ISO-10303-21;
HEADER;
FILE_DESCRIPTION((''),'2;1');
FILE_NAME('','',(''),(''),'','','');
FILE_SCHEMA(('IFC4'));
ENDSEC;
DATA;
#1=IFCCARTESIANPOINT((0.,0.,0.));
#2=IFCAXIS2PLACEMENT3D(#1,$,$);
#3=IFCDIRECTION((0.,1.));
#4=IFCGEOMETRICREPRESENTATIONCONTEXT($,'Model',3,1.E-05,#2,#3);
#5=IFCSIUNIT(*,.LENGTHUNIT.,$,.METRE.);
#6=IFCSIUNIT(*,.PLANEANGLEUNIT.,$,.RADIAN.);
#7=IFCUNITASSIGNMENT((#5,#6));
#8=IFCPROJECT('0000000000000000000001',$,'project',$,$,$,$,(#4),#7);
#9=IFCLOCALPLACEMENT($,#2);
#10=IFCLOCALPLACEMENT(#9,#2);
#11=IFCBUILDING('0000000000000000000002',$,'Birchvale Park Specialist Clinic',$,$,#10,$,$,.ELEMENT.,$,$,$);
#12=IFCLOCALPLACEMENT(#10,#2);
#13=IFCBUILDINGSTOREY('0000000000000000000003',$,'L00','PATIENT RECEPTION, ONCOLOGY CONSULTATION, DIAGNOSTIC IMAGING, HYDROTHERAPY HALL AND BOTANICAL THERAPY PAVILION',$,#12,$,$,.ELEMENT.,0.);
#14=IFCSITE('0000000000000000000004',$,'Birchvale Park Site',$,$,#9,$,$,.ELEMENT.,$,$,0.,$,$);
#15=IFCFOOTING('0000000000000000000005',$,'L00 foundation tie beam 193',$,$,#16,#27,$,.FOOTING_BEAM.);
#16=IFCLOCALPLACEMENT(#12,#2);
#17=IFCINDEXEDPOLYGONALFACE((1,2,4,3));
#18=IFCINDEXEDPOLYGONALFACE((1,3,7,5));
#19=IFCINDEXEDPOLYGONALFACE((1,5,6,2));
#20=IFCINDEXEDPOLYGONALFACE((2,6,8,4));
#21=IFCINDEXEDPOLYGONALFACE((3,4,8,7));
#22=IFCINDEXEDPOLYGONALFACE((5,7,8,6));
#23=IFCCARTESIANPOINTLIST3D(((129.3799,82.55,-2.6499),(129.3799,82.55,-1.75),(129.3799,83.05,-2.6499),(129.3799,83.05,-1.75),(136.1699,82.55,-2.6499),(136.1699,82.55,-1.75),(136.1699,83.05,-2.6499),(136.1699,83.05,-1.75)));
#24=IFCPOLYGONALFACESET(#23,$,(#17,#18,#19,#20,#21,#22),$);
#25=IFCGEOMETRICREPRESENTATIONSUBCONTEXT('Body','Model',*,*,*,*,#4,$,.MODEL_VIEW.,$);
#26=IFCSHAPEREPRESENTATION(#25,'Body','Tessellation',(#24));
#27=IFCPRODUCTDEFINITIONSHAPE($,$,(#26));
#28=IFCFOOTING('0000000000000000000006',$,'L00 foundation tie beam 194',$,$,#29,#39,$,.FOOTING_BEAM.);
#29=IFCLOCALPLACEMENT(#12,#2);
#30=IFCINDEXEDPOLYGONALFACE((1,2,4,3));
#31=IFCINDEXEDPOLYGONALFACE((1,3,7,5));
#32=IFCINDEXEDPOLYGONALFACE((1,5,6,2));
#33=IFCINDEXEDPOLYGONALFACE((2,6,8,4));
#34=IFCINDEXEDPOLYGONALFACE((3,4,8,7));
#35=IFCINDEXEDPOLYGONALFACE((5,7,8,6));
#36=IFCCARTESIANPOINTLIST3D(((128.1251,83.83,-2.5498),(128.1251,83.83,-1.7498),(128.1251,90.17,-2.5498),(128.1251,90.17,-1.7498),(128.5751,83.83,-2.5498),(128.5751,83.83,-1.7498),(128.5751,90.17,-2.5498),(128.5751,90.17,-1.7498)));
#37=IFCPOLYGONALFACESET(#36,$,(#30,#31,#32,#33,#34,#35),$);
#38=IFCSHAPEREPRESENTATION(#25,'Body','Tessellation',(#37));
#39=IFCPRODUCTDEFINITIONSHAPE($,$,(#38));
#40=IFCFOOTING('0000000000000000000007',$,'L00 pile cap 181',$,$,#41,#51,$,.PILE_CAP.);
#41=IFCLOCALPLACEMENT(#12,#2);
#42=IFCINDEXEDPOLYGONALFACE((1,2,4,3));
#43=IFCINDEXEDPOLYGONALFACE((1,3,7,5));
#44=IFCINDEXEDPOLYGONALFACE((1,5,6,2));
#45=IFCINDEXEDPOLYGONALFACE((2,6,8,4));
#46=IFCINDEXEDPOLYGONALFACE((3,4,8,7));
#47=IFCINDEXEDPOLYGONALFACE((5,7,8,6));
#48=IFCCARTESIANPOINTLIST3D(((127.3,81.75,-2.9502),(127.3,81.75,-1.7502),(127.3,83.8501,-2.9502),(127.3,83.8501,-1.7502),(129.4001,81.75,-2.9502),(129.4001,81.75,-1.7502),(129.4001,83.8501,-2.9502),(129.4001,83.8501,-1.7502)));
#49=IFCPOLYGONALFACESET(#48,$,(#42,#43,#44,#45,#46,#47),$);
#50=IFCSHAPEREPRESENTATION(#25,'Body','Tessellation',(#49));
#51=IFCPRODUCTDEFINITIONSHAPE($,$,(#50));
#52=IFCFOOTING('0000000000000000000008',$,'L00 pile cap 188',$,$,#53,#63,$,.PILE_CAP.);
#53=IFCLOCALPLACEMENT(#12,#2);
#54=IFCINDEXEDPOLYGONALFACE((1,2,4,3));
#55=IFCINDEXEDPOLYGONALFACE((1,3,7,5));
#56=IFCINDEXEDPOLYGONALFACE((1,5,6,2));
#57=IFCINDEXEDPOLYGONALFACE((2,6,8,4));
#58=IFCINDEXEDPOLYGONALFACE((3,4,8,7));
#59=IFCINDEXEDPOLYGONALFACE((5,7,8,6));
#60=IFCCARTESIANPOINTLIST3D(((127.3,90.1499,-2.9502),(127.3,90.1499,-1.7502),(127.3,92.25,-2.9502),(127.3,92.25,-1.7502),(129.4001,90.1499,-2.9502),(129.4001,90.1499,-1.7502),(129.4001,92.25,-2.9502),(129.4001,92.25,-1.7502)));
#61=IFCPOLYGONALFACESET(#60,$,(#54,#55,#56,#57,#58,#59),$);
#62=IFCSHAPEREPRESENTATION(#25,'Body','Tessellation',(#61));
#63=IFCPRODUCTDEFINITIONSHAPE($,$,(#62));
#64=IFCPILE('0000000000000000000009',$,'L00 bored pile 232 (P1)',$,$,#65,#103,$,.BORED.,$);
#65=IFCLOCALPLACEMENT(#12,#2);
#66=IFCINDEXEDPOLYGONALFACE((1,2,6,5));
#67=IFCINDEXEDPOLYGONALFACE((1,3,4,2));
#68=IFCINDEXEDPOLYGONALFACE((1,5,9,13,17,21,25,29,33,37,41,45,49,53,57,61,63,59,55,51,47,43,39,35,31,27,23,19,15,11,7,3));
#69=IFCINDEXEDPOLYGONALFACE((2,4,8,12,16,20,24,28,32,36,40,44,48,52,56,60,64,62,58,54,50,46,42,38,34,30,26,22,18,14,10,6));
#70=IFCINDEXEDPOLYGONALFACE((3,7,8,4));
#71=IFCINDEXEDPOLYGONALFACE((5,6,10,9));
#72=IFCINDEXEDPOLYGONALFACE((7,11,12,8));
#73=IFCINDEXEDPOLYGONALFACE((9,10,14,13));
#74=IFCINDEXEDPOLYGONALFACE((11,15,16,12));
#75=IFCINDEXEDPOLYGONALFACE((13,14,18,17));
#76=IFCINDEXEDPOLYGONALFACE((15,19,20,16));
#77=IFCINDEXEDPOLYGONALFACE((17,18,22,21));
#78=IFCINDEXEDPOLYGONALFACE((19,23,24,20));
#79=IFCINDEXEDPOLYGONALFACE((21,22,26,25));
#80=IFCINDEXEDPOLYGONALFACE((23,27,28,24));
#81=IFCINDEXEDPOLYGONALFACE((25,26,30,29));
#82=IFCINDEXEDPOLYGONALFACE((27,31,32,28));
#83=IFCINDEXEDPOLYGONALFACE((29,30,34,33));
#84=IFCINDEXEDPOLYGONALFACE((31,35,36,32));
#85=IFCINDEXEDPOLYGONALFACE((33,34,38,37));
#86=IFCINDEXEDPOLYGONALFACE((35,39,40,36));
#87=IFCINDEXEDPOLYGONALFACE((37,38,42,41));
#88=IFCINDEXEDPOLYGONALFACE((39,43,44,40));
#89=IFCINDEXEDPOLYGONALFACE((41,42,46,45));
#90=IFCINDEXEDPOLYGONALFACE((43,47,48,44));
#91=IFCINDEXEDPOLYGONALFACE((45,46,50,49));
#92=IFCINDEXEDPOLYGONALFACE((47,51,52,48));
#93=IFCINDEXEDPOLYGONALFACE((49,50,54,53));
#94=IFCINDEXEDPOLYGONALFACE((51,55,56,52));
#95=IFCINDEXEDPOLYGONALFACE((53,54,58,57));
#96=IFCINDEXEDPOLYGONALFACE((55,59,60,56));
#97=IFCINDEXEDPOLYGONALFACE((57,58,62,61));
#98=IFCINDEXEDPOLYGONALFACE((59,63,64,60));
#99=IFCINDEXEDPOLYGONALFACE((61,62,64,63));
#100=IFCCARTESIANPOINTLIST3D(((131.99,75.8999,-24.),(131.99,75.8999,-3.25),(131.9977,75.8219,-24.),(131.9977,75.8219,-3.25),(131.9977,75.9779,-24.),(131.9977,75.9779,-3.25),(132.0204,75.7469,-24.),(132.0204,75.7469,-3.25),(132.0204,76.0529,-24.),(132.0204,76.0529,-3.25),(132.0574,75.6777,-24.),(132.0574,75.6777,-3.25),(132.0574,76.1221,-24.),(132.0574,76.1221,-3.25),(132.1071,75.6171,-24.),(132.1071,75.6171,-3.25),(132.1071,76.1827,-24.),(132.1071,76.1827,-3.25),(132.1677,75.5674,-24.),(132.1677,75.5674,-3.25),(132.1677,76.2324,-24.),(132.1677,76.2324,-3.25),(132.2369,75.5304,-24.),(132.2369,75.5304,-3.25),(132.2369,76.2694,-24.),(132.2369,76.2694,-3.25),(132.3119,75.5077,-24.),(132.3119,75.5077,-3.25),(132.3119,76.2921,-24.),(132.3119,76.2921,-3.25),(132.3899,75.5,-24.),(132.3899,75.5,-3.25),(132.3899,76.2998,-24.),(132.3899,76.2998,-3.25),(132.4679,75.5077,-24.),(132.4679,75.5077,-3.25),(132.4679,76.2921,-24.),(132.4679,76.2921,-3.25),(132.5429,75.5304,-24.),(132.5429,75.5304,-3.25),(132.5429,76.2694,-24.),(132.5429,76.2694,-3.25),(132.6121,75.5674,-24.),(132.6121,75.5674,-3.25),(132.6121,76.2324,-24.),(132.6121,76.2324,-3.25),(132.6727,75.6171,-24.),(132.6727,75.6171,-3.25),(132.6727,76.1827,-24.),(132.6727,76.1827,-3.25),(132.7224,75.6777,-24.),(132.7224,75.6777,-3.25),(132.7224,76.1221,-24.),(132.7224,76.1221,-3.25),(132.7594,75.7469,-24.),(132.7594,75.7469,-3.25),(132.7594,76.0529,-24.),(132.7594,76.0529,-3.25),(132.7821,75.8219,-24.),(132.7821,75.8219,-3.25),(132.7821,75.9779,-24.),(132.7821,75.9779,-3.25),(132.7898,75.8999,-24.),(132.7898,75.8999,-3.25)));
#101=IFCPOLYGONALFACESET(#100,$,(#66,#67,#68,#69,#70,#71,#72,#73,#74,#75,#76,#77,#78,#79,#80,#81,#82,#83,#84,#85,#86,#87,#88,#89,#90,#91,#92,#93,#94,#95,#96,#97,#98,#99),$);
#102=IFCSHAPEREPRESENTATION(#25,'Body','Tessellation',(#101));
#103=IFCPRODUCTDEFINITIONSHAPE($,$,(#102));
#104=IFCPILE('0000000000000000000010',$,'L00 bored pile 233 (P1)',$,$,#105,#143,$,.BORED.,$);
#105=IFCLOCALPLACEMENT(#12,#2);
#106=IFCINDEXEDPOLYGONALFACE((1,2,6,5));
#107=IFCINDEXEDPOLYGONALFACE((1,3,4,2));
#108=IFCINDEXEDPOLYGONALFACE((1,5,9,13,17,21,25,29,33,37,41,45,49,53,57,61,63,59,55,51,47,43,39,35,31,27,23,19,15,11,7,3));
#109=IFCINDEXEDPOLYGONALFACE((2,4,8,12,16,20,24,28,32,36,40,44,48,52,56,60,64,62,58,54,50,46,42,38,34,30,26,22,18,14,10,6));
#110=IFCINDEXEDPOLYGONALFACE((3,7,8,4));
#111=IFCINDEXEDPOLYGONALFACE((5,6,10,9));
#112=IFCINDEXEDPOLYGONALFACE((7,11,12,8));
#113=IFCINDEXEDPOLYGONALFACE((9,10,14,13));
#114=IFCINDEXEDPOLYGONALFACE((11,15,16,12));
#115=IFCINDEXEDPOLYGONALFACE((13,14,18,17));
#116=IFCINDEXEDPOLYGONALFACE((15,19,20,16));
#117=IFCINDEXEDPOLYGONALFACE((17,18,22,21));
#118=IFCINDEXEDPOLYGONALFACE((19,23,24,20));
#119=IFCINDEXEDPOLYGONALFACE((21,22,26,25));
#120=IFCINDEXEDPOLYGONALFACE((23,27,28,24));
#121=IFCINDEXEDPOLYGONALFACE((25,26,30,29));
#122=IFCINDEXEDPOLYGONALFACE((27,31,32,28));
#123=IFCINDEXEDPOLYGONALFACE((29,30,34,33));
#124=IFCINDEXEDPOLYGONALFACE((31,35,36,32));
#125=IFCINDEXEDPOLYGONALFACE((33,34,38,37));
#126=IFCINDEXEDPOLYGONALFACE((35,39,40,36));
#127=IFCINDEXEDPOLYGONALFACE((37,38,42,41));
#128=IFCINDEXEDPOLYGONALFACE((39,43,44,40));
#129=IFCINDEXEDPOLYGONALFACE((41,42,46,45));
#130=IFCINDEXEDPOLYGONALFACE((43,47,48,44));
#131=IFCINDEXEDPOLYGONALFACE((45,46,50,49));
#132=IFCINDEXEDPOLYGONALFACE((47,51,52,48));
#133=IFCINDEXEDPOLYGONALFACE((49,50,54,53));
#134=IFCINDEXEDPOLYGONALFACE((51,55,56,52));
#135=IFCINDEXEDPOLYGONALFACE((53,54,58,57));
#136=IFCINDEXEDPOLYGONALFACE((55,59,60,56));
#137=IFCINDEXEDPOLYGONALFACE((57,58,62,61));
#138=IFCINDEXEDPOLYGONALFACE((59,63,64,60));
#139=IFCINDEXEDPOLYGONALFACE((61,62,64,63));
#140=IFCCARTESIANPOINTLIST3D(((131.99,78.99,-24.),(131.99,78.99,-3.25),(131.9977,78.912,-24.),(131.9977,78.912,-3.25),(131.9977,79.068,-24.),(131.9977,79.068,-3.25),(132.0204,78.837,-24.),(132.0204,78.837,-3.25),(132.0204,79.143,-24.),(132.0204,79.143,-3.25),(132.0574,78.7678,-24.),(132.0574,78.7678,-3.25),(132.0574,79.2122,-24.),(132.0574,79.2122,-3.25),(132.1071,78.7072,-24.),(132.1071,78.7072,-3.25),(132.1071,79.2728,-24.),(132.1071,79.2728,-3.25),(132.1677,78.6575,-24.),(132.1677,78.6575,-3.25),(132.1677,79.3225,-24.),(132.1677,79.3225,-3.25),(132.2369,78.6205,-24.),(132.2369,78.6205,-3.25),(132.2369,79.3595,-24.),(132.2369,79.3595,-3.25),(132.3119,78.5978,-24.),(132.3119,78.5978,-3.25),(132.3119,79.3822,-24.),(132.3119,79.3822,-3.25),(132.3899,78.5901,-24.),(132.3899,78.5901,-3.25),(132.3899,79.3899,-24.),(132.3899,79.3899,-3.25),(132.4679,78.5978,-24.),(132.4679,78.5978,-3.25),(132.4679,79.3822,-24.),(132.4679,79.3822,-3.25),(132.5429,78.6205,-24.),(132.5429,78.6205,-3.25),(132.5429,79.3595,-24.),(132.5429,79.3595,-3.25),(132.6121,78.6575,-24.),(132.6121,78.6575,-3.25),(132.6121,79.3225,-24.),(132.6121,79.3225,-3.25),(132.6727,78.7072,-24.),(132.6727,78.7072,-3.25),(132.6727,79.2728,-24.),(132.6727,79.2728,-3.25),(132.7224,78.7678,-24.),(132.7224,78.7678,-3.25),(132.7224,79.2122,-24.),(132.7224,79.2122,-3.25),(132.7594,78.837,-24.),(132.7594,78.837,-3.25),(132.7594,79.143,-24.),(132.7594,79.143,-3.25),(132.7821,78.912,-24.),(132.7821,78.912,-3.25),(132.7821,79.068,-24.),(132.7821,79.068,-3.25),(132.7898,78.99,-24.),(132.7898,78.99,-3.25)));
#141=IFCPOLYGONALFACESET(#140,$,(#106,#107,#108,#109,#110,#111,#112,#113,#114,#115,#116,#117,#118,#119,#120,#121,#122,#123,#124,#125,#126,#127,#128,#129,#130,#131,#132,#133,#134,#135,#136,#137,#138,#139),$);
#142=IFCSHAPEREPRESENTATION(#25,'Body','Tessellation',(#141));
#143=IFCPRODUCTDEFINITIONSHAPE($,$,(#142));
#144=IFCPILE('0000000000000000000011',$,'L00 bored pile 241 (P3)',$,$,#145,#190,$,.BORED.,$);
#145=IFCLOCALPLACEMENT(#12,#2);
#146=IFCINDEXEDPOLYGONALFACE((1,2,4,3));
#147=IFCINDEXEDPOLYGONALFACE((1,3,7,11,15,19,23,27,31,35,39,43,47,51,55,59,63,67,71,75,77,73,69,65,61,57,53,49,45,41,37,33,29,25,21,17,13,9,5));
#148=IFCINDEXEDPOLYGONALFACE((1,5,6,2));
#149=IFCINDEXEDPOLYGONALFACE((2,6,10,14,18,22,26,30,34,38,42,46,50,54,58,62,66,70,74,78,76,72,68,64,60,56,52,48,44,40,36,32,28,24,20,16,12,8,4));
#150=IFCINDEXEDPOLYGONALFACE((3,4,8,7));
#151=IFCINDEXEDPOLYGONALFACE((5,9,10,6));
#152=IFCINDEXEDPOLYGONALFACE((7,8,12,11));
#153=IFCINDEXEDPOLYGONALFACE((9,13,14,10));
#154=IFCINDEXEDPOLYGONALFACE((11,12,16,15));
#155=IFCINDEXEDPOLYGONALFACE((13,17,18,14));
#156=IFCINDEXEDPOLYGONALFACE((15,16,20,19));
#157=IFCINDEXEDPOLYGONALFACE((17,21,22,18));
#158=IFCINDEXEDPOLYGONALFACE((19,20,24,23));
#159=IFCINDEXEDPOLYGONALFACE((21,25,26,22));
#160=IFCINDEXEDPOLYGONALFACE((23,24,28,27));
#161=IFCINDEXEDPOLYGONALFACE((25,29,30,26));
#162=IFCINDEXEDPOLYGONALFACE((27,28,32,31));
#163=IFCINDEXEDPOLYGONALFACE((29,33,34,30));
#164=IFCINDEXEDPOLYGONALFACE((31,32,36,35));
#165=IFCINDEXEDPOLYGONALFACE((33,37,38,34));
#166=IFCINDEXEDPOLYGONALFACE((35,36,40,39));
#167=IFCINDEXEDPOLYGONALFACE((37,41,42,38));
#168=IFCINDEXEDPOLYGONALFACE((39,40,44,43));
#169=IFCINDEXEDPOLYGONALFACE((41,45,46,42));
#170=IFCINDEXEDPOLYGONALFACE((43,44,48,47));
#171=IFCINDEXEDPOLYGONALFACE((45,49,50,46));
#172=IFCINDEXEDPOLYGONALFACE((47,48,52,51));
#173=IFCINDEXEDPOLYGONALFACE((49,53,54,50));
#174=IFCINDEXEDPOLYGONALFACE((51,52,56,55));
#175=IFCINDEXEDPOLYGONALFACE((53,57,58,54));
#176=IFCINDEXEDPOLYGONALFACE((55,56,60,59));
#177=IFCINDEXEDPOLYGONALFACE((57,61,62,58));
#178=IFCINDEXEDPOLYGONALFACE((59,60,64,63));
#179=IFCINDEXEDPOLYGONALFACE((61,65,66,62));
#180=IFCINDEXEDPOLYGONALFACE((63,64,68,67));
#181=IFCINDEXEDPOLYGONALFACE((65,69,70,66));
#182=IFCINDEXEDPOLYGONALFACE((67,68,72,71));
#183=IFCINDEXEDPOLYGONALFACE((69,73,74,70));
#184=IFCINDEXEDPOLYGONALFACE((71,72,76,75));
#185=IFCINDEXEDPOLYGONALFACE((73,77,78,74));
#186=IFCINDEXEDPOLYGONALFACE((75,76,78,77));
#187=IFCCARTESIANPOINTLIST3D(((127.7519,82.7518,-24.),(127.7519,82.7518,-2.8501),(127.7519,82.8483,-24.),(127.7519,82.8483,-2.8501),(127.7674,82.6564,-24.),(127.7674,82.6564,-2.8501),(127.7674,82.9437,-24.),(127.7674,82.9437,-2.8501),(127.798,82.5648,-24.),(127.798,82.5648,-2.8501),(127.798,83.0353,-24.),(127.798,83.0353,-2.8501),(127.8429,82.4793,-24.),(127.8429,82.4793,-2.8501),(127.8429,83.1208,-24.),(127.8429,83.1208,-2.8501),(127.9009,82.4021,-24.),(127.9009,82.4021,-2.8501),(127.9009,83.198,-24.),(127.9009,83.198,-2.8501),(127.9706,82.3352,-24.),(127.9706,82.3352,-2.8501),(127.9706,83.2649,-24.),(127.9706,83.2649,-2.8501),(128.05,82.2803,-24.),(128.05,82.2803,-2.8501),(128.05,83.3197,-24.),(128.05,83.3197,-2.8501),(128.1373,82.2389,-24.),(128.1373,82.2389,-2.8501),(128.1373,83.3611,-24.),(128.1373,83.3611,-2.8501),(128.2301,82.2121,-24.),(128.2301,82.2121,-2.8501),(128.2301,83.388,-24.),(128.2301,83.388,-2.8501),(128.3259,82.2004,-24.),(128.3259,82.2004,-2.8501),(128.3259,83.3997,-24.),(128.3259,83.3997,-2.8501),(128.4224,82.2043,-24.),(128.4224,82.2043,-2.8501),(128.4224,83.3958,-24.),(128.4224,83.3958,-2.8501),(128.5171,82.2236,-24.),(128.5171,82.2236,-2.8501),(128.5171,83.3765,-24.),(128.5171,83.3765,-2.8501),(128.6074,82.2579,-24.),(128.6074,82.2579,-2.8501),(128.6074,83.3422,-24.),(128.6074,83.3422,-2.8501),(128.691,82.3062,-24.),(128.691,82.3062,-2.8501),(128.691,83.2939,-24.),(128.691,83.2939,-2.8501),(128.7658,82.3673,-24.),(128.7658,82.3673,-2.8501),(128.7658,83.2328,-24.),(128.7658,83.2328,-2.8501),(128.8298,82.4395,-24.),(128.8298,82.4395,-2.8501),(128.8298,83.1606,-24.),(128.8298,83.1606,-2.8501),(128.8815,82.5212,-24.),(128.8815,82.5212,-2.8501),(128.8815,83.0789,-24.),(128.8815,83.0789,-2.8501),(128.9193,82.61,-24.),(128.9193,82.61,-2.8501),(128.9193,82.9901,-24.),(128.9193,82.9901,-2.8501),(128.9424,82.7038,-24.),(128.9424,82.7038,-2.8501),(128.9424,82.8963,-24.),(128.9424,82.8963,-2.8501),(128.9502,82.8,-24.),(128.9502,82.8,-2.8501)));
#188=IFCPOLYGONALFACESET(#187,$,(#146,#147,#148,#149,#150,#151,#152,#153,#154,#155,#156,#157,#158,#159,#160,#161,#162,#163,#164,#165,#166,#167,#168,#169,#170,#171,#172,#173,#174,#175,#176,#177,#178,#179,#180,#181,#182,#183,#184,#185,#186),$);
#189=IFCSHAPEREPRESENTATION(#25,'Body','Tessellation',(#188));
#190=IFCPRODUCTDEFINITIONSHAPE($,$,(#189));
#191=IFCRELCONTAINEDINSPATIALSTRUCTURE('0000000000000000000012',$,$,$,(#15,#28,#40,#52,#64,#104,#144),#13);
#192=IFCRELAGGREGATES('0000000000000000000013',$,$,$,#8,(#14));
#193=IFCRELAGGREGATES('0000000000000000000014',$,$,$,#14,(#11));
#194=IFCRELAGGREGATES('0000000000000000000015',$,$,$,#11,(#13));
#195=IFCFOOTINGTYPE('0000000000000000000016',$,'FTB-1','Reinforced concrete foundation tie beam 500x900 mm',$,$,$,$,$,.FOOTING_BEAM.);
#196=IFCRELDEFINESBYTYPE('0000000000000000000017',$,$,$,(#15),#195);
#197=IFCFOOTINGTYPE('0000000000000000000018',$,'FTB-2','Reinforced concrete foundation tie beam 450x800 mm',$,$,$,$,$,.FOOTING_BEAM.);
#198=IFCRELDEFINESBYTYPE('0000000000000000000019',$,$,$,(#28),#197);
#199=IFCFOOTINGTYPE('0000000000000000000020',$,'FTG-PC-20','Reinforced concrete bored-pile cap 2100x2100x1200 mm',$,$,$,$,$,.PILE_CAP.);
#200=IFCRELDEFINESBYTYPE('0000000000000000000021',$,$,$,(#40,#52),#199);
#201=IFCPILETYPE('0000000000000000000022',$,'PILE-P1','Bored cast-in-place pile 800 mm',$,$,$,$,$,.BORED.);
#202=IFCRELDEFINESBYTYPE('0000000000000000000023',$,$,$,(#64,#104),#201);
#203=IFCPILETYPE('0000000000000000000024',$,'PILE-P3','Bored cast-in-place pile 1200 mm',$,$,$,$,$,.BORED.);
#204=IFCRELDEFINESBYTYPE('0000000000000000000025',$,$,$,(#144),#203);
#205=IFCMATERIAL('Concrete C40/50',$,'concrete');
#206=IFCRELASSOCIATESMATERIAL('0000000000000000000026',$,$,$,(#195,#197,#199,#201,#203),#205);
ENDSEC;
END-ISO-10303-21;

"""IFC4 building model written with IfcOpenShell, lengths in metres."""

from ifc_helpers import new_model, si_unit, direction, frame, origin, origin_2d, place, context, subcontext, project, spatial, rectangle, circle, extrude, material, material_profile, profile_set, type_object, element, save


model = new_model("IFC4")

# Units and contexts
model_context = context("Model", 3, precision=1e-05, world=origin(), true_north=direction((0.0, 1.0)))
body_context = subcontext(model_context, "Body", "Model", "MODEL_VIEW")
ifc_project = project(units=[si_unit("LENGTHUNIT", "METRE"), si_unit("PLANEANGLEUNIT", "RADIAN")], contexts=[model_context])

# Site, building, storey
site_placement = place(None, origin())
site = spatial("IfcSite", under=ifc_project, at=site_placement, Name="Birchvale Park Site", CompositionType="ELEMENT", RefElevation=0.0)
building_placement = place(site_placement, origin())
building = spatial("IfcBuilding", under=site, at=building_placement, Name="Birchvale Park Specialist Clinic", CompositionType="ELEMENT")
storey_placement = place(building_placement, origin())
storey = spatial("IfcBuildingStorey", under=building, at=storey_placement, Name="L00", Description="PATIENT RECEPTION, ONCOLOGY CONSULTATION, DIAGNOSTIC IMAGING, HYDROTHERAPY HALL AND BOTANICAL THERAPY PAVILION", CompositionType="ELEMENT", Elevation=0.0)

# Footings
ifc_material_1 = material(Name="Concrete C40/50", Category="concrete")
footing_type_1 = type_object("IfcFootingType", Name="FTB-1", Description="Reinforced concrete foundation tie beam 500x900 mm", PredefinedType="FOOTING_BEAM", material=ifc_material_1)
footing_1_placement = place(storey_placement, frame((132.7749, 82.8, -2.6499), z_axis=(0.0, 0.0, 1.0), x_axis=(1.0, 0.0, 0.0)))
element("IfcFooting", 1, at=footing_1_placement, inside=storey, type_object=footing_type_1, Name="L00 foundation tie beam 193", PredefinedType="FOOTING_BEAM", context=body_context, shape_type="SweptSolid", body=[
    extrude(rectangle(XDim=6.79, YDim=0.5, at=origin_2d()), origin(), (0.0, 0.0, 1.0), 0.8999),
])
footing_type_2 = type_object("IfcFootingType", Name="FTB-2", Description="Reinforced concrete foundation tie beam 450x800 mm", PredefinedType="FOOTING_BEAM", material=ifc_material_1)
footing_2_placement = place(storey_placement, frame((128.3501, 87.0, -2.5498), z_axis=(0.0, 0.0, 1.0), x_axis=(1.0, 0.0, 0.0)))
element("IfcFooting", 2, at=footing_2_placement, inside=storey, type_object=footing_type_2, Name="L00 foundation tie beam 194", PredefinedType="FOOTING_BEAM", context=body_context, shape_type="SweptSolid", body=[
    extrude(rectangle(XDim=0.45, YDim=6.3401, at=origin_2d()), origin(), (0.0, 0.0, 1.0), 0.8),
])
footing_type_3 = type_object("IfcFootingType", Name="FTG-PC-20", Description="Reinforced concrete bored-pile cap 2100x2100x1200 mm", PredefinedType="PILE_CAP", material=ifc_material_1)
for number, where, z_axis, x_axis, name in (
    (3, (128.3501, 82.8, -2.9502), (0.0, 0.0, 1.0), (1.0, 0.0, 0.0), "L00 pile cap 181"),
    (4, (128.3501, 91.2, -2.9502), (0.0, 0.0, 1.0), (1.0, 0.0, 0.0), "L00 pile cap 188"),
):
    element("IfcFooting", number, at=place(storey_placement, frame(where, z_axis=z_axis, x_axis=x_axis)), inside=storey, type_object=footing_type_3, Name=name, PredefinedType="PILE_CAP", context=body_context, shape_type="SweptSolid", body=[
        extrude(rectangle(XDim=2.1001, YDim=2.1001, at=origin_2d()), origin(), (0.0, 0.0, 1.0), 1.2),
    ])

# Piles
ifc_material_profile_1 = material_profile(ifc_material_1, circle(Radius=0.3999, at=origin_2d()), Name="PILE-800")
ifc_profile_set_1 = profile_set([ifc_material_profile_1], Name="Concrete C40/50")
pile_type_1 = type_object("IfcPileType", Name="PILE-P1", Description="Bored cast-in-place pile 800 mm", PredefinedType="BORED", material=ifc_profile_set_1)
for number, where, z_axis, x_axis, name in (
    (5, (132.3899, 75.8999, -3.25), (0.0, 0.0, -1.0), (1.0, 0.0, 0.0), "L00 bored pile 232 (P1)"),
    (6, (132.3899, 78.99, -3.25), (0.0, 0.0, -1.0), (1.0, 0.0, 0.0), "L00 bored pile 233 (P1)"),
):
    element("IfcPile", number, at=place(storey_placement, frame(where, z_axis=z_axis, x_axis=x_axis)), inside=storey, type_object=pile_type_1, Name=name, PredefinedType="BORED", context=body_context, shape_type="SweptSolid", body=[
        extrude(circle(Radius=0.3999, at=origin_2d()), origin(), (0.0, 0.0, 1.0), 20.75),
    ])
ifc_material_profile_2 = material_profile(ifc_material_1, circle(Radius=0.6001, at=origin_2d()), Name="PILE-1200")
ifc_profile_set_2 = profile_set([ifc_material_profile_2], Name="Concrete C40/50")
pile_type_2 = type_object("IfcPileType", Name="PILE-P3", Description="Bored cast-in-place pile 1200 mm", PredefinedType="BORED", material=ifc_profile_set_2)
pile_placement = place(storey_placement, frame((128.3501, 82.8, -2.8501), z_axis=(0.0, 0.0, -1.0), x_axis=(1.0, 0.0, 0.0)))
element("IfcPile", 7, at=pile_placement, inside=storey, type_object=pile_type_2, Name="L00 bored pile 241 (P3)", PredefinedType="BORED", context=body_context, shape_type="SweptSolid", body=[
    extrude(circle(Radius=0.6001, at=origin_2d()), origin(), (0.0, 0.0, 1.0), 21.1499),
])

save(model, "model.ifc")
